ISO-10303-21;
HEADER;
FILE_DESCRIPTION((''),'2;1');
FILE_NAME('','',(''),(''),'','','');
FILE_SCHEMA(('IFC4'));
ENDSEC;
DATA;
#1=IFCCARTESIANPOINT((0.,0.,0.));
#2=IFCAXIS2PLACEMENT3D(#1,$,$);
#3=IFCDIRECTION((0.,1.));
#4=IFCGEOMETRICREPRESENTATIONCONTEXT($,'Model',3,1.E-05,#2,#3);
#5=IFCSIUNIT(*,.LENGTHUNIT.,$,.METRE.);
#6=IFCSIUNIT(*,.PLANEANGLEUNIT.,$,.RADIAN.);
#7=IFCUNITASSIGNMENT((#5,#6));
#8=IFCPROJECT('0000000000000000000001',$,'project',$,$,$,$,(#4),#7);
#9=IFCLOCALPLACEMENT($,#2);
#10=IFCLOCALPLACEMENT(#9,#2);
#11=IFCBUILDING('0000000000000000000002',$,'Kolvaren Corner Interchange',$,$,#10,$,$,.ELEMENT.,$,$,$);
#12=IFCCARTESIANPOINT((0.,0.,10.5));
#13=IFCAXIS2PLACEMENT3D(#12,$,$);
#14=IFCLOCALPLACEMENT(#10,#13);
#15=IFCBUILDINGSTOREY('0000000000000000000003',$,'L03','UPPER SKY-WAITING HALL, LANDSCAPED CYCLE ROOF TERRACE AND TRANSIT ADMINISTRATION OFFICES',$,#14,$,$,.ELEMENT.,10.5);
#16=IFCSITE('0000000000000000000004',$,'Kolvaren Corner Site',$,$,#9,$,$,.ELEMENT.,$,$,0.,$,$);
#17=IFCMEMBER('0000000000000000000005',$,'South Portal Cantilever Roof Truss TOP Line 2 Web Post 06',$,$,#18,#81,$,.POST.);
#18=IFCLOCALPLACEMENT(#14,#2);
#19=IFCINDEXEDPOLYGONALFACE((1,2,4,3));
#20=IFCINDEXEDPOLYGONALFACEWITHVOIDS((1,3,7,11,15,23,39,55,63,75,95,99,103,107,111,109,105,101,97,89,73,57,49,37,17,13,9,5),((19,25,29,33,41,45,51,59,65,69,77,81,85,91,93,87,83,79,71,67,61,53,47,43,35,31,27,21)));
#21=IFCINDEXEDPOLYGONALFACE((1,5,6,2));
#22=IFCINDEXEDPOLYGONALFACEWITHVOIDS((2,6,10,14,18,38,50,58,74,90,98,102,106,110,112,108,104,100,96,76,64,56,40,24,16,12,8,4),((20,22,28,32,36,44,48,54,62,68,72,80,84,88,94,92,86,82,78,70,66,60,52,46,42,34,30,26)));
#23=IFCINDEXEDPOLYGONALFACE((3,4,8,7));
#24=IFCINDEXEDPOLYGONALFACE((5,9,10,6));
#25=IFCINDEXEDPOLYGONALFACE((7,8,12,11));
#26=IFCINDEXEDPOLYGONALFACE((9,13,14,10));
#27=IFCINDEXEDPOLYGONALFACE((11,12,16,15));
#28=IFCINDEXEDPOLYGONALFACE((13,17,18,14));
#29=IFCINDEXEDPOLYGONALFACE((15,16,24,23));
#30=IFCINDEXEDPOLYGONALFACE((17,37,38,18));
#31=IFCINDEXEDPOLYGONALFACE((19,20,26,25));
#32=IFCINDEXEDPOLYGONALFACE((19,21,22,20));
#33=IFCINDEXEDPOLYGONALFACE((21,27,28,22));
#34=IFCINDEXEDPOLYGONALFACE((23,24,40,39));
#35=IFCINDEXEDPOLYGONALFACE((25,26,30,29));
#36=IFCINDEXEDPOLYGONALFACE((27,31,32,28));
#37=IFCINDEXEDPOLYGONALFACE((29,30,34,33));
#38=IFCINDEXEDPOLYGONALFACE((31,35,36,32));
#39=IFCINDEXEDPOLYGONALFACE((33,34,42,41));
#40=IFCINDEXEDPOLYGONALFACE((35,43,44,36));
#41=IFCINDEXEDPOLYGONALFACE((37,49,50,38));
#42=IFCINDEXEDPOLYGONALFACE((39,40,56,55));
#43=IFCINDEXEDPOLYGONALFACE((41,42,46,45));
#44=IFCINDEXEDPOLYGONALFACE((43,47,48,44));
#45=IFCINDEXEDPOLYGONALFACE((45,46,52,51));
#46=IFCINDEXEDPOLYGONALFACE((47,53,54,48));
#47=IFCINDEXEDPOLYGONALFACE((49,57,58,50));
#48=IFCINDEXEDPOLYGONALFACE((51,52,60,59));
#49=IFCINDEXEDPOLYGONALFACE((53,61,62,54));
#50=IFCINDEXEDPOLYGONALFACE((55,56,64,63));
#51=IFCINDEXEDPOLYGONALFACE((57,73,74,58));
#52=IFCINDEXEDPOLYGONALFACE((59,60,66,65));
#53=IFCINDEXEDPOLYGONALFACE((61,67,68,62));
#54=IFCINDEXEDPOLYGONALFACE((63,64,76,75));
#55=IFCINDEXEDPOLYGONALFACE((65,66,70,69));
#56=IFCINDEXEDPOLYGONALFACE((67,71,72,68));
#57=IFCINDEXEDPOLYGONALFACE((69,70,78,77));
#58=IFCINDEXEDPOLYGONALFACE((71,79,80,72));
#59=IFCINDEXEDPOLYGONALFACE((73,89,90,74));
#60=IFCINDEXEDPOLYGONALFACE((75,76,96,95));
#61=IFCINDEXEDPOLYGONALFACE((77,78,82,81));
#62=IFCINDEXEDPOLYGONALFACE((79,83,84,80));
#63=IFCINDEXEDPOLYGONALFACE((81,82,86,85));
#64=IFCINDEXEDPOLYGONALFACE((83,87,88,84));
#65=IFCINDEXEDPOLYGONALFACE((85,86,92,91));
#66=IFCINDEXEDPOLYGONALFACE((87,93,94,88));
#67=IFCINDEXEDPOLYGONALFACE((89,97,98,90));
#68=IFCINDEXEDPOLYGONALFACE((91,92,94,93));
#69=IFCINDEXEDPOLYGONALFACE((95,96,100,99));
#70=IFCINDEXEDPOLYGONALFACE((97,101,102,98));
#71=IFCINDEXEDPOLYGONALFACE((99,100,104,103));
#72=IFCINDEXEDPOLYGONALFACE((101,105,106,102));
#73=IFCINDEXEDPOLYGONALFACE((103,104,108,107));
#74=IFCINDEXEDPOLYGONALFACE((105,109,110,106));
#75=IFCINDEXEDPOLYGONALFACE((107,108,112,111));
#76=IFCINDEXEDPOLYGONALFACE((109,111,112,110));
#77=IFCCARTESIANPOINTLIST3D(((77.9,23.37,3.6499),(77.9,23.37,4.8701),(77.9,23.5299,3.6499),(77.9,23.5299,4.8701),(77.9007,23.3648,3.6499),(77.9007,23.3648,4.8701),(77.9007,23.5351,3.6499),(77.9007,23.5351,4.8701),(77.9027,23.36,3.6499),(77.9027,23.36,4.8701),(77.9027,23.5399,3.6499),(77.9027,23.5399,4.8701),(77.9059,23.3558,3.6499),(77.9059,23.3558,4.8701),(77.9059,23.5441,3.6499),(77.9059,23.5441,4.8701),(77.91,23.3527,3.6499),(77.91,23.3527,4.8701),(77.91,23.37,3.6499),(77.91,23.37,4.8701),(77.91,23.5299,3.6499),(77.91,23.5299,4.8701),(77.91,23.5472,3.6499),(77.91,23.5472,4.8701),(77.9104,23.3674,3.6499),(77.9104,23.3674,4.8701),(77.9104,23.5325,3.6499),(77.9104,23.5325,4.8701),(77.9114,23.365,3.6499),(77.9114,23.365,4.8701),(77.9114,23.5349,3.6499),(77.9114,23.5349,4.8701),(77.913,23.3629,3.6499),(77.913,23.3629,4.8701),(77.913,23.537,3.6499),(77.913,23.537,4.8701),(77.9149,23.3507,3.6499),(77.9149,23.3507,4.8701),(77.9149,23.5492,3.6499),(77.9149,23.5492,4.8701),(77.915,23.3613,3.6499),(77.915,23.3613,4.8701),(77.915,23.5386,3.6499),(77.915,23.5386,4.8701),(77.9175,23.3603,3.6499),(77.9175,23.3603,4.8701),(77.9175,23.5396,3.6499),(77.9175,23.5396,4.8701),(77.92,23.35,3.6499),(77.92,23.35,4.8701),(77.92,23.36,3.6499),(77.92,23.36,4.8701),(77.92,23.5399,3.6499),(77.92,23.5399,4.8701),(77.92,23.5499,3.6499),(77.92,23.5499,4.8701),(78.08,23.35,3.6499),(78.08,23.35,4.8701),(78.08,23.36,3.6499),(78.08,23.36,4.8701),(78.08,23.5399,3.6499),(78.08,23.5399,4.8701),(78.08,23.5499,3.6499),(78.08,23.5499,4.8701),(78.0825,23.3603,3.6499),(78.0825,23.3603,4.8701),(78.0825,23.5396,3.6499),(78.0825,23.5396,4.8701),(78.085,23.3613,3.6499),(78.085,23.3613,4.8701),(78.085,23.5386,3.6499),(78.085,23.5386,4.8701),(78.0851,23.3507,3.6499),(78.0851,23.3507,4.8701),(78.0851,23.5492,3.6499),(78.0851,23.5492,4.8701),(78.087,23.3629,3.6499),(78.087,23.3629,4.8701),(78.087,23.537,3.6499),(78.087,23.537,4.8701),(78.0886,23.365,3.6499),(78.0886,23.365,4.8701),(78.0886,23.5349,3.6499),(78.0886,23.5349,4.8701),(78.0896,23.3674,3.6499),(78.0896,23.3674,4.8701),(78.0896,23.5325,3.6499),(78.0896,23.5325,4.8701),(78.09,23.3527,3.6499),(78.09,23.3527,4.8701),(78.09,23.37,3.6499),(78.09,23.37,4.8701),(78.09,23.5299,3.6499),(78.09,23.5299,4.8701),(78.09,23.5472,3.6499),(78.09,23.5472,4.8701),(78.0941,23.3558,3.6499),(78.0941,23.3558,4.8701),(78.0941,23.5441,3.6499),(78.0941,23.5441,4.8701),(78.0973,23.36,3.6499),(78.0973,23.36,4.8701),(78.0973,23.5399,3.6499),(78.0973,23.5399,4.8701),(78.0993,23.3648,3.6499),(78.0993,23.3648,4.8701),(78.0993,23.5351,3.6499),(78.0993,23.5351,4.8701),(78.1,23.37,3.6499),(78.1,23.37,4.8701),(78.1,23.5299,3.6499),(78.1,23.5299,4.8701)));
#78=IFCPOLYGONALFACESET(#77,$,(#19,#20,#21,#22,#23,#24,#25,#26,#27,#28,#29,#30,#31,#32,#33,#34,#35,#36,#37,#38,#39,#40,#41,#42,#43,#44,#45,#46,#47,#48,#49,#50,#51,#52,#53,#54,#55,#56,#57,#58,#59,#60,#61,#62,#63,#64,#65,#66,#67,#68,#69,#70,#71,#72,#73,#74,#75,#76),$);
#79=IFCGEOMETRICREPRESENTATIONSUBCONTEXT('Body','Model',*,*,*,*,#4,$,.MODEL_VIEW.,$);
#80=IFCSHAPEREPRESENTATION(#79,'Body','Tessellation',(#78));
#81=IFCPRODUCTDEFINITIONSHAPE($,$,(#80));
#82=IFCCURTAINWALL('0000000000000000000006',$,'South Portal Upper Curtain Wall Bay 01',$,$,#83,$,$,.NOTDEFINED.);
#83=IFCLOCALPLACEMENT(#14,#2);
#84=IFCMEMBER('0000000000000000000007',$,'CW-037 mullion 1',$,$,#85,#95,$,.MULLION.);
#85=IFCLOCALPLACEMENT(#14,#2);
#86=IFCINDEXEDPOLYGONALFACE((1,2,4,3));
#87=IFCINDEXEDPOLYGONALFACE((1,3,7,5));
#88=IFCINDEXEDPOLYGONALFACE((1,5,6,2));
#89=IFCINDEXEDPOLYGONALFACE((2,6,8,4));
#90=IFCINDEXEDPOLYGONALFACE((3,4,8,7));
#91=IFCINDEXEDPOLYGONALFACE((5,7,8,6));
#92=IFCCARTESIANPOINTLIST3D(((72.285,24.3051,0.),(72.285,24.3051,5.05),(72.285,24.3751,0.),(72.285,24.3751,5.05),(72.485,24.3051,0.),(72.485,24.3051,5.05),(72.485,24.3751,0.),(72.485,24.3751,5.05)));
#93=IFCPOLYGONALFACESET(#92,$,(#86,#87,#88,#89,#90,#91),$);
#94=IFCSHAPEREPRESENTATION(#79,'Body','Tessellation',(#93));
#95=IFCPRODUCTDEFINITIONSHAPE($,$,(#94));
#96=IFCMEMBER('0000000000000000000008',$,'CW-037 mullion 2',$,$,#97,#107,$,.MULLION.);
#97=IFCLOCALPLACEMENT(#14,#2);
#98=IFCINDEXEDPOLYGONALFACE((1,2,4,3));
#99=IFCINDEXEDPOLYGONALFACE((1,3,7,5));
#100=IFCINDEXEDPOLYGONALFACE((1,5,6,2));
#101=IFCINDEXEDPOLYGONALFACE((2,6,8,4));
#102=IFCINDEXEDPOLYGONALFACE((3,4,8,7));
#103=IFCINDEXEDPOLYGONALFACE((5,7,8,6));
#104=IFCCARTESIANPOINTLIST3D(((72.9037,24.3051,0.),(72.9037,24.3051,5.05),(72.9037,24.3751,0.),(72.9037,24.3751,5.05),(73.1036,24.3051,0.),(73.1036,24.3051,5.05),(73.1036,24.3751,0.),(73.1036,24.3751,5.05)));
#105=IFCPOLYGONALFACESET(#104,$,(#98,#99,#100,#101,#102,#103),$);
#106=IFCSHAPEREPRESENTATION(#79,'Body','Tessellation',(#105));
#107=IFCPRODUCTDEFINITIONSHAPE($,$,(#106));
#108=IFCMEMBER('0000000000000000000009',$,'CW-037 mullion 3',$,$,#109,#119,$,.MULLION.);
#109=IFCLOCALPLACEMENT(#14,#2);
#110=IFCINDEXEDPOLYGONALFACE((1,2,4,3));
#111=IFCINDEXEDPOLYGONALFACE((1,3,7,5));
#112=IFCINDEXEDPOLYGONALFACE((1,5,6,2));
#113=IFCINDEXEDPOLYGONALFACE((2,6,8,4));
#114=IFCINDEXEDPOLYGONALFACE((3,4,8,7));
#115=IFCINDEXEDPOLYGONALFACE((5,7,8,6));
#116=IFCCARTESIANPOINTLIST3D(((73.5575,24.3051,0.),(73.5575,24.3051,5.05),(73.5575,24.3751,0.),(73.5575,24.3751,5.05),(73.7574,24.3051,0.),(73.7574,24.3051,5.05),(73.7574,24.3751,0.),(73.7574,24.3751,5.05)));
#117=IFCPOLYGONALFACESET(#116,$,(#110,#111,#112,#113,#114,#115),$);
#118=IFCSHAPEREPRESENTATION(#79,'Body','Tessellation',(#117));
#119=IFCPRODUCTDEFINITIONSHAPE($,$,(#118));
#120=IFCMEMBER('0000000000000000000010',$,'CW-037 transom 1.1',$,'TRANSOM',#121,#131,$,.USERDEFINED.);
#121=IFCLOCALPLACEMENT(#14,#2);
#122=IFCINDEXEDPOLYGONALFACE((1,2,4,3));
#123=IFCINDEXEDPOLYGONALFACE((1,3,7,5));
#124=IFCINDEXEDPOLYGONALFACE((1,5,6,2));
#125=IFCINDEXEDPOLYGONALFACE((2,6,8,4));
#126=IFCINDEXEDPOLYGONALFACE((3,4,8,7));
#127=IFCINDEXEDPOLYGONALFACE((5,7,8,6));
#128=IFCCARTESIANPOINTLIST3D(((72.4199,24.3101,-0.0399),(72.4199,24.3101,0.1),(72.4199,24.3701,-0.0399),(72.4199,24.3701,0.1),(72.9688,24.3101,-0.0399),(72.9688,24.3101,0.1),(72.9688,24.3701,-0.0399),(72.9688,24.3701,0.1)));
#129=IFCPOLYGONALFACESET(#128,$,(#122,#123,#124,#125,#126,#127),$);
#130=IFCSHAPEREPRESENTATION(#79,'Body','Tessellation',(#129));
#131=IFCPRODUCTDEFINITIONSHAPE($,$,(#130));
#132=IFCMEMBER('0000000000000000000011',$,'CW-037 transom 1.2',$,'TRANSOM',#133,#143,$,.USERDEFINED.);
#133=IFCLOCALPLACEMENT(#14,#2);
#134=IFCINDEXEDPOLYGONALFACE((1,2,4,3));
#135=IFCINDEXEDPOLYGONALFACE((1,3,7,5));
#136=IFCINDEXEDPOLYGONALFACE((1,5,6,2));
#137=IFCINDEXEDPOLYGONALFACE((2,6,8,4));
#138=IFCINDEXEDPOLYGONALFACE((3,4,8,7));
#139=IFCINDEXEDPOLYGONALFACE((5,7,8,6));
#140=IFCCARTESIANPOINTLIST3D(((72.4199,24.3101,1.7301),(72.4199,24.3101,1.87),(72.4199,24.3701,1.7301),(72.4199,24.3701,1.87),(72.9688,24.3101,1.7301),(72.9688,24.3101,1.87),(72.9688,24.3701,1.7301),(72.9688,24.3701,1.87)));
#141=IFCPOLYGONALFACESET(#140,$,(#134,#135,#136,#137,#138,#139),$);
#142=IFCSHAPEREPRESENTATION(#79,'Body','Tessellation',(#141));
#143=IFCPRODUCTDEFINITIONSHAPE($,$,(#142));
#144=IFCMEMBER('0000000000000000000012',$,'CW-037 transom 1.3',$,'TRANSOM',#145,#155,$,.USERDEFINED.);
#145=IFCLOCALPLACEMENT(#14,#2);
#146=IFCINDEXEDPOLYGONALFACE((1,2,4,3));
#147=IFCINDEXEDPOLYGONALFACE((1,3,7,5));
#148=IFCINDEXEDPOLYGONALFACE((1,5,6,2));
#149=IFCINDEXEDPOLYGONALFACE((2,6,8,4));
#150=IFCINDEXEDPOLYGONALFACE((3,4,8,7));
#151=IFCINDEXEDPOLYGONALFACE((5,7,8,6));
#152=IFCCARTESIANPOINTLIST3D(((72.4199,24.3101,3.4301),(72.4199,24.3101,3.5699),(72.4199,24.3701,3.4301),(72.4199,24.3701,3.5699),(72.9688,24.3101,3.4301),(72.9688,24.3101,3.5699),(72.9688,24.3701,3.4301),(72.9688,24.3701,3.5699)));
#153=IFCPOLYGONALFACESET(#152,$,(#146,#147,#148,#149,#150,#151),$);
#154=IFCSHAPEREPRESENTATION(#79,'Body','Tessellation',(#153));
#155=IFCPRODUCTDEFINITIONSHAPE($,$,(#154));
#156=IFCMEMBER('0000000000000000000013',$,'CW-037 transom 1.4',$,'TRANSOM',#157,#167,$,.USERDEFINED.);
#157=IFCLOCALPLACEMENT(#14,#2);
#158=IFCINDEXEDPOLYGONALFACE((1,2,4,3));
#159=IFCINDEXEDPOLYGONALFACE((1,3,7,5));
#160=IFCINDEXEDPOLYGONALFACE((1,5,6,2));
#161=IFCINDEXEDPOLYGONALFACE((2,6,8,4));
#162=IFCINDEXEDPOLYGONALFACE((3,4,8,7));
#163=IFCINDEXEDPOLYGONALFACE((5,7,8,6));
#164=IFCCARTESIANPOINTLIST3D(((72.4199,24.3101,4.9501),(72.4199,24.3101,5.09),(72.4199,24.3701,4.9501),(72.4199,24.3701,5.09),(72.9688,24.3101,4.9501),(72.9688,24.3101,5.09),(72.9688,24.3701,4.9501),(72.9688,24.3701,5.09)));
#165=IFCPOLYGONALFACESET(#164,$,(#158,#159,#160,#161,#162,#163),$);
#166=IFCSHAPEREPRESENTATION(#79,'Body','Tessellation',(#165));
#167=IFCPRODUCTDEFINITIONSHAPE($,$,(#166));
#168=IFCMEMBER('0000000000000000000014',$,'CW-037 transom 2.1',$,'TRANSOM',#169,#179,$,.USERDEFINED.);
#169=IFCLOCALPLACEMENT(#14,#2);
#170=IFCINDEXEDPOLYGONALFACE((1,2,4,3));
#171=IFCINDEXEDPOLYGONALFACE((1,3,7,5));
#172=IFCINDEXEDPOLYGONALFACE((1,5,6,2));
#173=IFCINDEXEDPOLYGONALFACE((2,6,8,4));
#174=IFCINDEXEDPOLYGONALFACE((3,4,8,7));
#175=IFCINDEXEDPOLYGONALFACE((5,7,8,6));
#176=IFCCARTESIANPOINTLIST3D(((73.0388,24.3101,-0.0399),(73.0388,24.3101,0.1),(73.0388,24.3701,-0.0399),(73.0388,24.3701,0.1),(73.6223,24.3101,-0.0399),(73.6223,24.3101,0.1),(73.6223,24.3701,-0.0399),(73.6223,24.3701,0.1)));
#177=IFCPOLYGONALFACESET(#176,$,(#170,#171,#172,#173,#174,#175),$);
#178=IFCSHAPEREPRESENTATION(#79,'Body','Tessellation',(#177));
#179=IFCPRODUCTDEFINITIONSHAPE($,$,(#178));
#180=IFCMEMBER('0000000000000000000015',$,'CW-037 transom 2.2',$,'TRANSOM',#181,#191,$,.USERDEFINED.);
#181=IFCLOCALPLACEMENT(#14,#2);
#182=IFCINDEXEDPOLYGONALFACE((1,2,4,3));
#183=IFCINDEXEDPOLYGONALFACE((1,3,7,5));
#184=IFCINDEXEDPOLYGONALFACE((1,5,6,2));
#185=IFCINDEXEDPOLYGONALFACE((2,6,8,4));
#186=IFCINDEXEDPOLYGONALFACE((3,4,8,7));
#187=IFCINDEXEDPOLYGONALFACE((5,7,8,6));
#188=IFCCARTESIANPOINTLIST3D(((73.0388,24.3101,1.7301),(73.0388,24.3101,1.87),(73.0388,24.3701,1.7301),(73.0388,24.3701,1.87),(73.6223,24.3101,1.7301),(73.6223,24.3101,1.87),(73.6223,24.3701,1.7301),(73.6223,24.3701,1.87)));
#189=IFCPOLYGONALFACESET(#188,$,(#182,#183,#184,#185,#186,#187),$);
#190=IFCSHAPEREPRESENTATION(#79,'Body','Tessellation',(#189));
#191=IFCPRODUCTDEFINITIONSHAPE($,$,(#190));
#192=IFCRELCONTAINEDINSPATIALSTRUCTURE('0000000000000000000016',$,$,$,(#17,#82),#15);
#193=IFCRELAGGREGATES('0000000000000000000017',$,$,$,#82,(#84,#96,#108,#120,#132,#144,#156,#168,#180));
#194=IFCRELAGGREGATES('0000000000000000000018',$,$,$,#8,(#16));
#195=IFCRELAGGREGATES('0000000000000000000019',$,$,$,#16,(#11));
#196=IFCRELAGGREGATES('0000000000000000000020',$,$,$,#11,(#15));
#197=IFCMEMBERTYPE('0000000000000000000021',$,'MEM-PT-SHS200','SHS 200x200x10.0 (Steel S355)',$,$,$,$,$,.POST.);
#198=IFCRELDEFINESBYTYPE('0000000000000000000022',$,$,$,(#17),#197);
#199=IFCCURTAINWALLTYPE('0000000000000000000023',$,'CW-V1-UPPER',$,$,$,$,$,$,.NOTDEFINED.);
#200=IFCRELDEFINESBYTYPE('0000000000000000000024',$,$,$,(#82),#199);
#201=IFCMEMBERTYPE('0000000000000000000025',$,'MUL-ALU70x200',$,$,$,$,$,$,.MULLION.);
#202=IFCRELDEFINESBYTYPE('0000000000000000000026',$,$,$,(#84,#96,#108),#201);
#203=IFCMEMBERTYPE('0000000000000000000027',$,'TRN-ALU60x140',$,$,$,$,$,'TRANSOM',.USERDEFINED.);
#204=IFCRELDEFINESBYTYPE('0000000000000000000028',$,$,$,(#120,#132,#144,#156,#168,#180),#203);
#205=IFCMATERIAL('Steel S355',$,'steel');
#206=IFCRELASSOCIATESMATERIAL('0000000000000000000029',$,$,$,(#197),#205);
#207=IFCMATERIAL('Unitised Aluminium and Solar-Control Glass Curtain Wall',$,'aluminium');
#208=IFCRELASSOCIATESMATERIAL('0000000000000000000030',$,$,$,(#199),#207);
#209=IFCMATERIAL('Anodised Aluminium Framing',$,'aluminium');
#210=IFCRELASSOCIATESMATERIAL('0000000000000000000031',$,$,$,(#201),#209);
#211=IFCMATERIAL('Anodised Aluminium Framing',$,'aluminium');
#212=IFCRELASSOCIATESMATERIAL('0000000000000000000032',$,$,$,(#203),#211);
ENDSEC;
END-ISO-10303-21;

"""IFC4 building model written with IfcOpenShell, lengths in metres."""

from ifc_helpers import new_model, si_unit, direction, frame, origin, origin_2d, place, context, subcontext, project, spatial, rectangle, hollow_rectangle, extrude, material, material_profile, profile_set, type_object, element, aggregate, save


model = new_model("IFC4")

# Units and contexts
model_context = context("Model", 3, precision=1e-05, world=origin(), true_north=direction((0.0, 1.0)))
body_context = subcontext(model_context, "Body", "Model", "MODEL_VIEW")
ifc_project = project(units=[si_unit("LENGTHUNIT", "METRE"), si_unit("PLANEANGLEUNIT", "RADIAN")], contexts=[model_context])

# Site, building, storey
site_placement = place(None, origin())
site = spatial("IfcSite", under=ifc_project, at=site_placement, Name="Kolvaren Corner Site", CompositionType="ELEMENT", RefElevation=0.0)
building_placement = place(site_placement, origin())
building = spatial("IfcBuilding", under=site, at=building_placement, Name="Kolvaren Corner Interchange", CompositionType="ELEMENT")
storey_placement = place(building_placement, frame((0.0, 0.0, 10.5)))
storey = spatial("IfcBuildingStorey", under=building, at=storey_placement, Name="L03", Description="UPPER SKY-WAITING HALL, LANDSCAPED CYCLE ROOF TERRACE AND TRANSIT ADMINISTRATION OFFICES", CompositionType="ELEMENT", Elevation=10.5)

# Member
ifc_material_1 = material(Name="Steel S355", Category="steel")
ifc_material_profile_1 = material_profile(ifc_material_1, hollow_rectangle(XDim=0.2, YDim=0.2, WallThickness=0.01, InnerFilletRadius=0.01, OuterFilletRadius=0.02, at=origin_2d()), Name="SHS 200x200x10.0")
ifc_profile_set_1 = profile_set([ifc_material_profile_1], Name="Steel S355")
member_type_1 = type_object("IfcMemberType", Name="MEM-PT-SHS200", Description="SHS 200x200x10.0 (Steel S355)", PredefinedType="POST", material=ifc_profile_set_1)
for number, where, z_axis, x_axis, name in (
    (1, (78.0, 23.45, 3.6499), (0.0, 0.0, 1.0), (1.0, 0.0, 0.0), "South Portal Cantilever Roof Truss TOP Line 2 Web Post 06"),
):
    element("IfcMember", number, at=place(storey_placement, frame(where, z_axis=z_axis, x_axis=x_axis)), inside=storey, type_object=member_type_1, Name=name, PredefinedType="POST", context=body_context, shape_type="SweptSolid", body=[
        extrude(hollow_rectangle(XDim=0.2, YDim=0.2, WallThickness=0.01, InnerFilletRadius=0.01, OuterFilletRadius=0.02, at=origin_2d()), origin(), (0.0, 0.0, 1.0), 1.2202),
    ])

# Curtain wall, members
ifc_material_2 = material(Name="Unitised Aluminium and Solar-Control Glass Curtain Wall", Category="aluminium")
curtain_wall_type = type_object("IfcCurtainWallType", Name="CW-V1-UPPER", PredefinedType="NOTDEFINED", material=ifc_material_2)
curtain_wall_placement = place(storey_placement, origin())
curtain_wall = element("IfcCurtainWall", 2, at=curtain_wall_placement, inside=storey, type_object=curtain_wall_type, Name="South Portal Upper Curtain Wall Bay 01", PredefinedType="NOTDEFINED")
ifc_material_3 = material(Name="Anodised Aluminium Framing", Category="aluminium")
ifc_material_profile_2 = material_profile(ifc_material_3, rectangle(XDim=0.0701, YDim=0.2, at=origin_2d()), Name="ALU 70x200")
ifc_profile_set_2 = profile_set([ifc_material_profile_2], Name="Anodised Aluminium Framing")
member_type_2 = type_object("IfcMemberType", Name="MUL-ALU70x200", PredefinedType="MULLION", material=ifc_profile_set_2)
member_1_placement = place(storey_placement, frame((72.385, 24.3401, 0.0), z_axis=(0.0, 0.0, 1.0), x_axis=(0.0, 1.0, 0.0)))
member_1 = element("IfcMember", 3, at=member_1_placement, type_object=member_type_2, Name="CW-037 mullion 1", PredefinedType="MULLION", context=body_context, shape_type="SweptSolid", body=[
    extrude(rectangle(XDim=0.0701, YDim=0.2, at=origin_2d()), origin(), (0.0, 0.0, 1.0), 5.05),
])
member_2_placement = place(storey_placement, frame((73.0037, 24.3401, 0.0), z_axis=(0.0, 0.0, 1.0), x_axis=(0.0, 1.0, 0.0)))
member_2 = element("IfcMember", 4, at=member_2_placement, type_object=member_type_2, Name="CW-037 mullion 2", PredefinedType="MULLION", context=body_context, shape_type="SweptSolid", body=[
    extrude(rectangle(XDim=0.0701, YDim=0.2, at=origin_2d()), origin(), (0.0, 0.0, 1.0), 5.05),
])
member_3_placement = place(storey_placement, frame((73.6575, 24.3401, 0.0), z_axis=(0.0, 0.0, 1.0), x_axis=(0.0, 1.0, 0.0)))
member_3 = element("IfcMember", 5, at=member_3_placement, type_object=member_type_2, Name="CW-037 mullion 3", PredefinedType="MULLION", context=body_context, shape_type="SweptSolid", body=[
    extrude(rectangle(XDim=0.0701, YDim=0.2, at=origin_2d()), origin(), (0.0, 0.0, 1.0), 5.05),
])
ifc_material_4 = material(Name="Anodised Aluminium Framing", Category="aluminium")
ifc_material_profile_3 = material_profile(ifc_material_4, rectangle(XDim=0.0601, YDim=0.1399, at=origin_2d()), Name="ALU 60x140")
ifc_profile_set_3 = profile_set([ifc_material_profile_3], Name="Anodised Aluminium Framing")
member_type_3 = type_object("IfcMemberType", Name="TRN-ALU60x140", ElementType="TRANSOM", PredefinedType="USERDEFINED", material=ifc_profile_set_3)
member_4_placement = place(storey_placement, frame((72.4199, 24.3401, 0.03), z_axis=(1.0, 0.0, 0.0), x_axis=(0.0, 1.0, 0.0)))
member_4 = element("IfcMember", 6, at=member_4_placement, type_object=member_type_3, Name="CW-037 transom 1.1", ObjectType="TRANSOM", PredefinedType="USERDEFINED", context=body_context, shape_type="SweptSolid", body=[
    extrude(rectangle(XDim=0.0601, YDim=0.1399, at=origin_2d()), origin(), (0.0, 0.0, 1.0), 0.5488),
])
member_5_placement = place(storey_placement, frame((72.4199, 24.3401, 1.8), z_axis=(1.0, 0.0, 0.0), x_axis=(0.0, 1.0, 0.0)))
member_5 = element("IfcMember", 7, at=member_5_placement, type_object=member_type_3, Name="CW-037 transom 1.2", ObjectType="TRANSOM", PredefinedType="USERDEFINED", context=body_context, shape_type="SweptSolid", body=[
    extrude(rectangle(XDim=0.0601, YDim=0.1399, at=origin_2d()), origin(), (0.0, 0.0, 1.0), 0.5488),
])
member_6_placement = place(storey_placement, frame((72.4199, 24.3401, 3.5), z_axis=(1.0, 0.0, 0.0), x_axis=(0.0, 1.0, 0.0)))
member_6 = element("IfcMember", 8, at=member_6_placement, type_object=member_type_3, Name="CW-037 transom 1.3", ObjectType="TRANSOM", PredefinedType="USERDEFINED", context=body_context, shape_type="SweptSolid", body=[
    extrude(rectangle(XDim=0.0601, YDim=0.1399, at=origin_2d()), origin(), (0.0, 0.0, 1.0), 0.5488),
])
member_7_placement = place(storey_placement, frame((72.4199, 24.3401, 5.02), z_axis=(1.0, 0.0, 0.0), x_axis=(0.0, 1.0, 0.0)))
member_7 = element("IfcMember", 9, at=member_7_placement, type_object=member_type_3, Name="CW-037 transom 1.4", ObjectType="TRANSOM", PredefinedType="USERDEFINED", context=body_context, shape_type="SweptSolid", body=[
    extrude(rectangle(XDim=0.0601, YDim=0.1399, at=origin_2d()), origin(), (0.0, 0.0, 1.0), 0.5488),
])
member_8_placement = place(storey_placement, frame((73.0388, 24.3401, 0.03), z_axis=(1.0, 0.0, 0.0), x_axis=(0.0, 1.0, 0.0)))
member_8 = element("IfcMember", 10, at=member_8_placement, type_object=member_type_3, Name="CW-037 transom 2.1", ObjectType="TRANSOM", PredefinedType="USERDEFINED", context=body_context, shape_type="SweptSolid", body=[
    extrude(rectangle(XDim=0.0601, YDim=0.1399, at=origin_2d()), origin(), (0.0, 0.0, 1.0), 0.5835),
])
member_9_placement = place(storey_placement, frame((73.0388, 24.3401, 1.8), z_axis=(1.0, 0.0, 0.0), x_axis=(0.0, 1.0, 0.0)))
member_9 = element("IfcMember", 11, at=member_9_placement, type_object=member_type_3, Name="CW-037 transom 2.2", ObjectType="TRANSOM", PredefinedType="USERDEFINED", context=body_context, shape_type="SweptSolid", body=[
    extrude(rectangle(XDim=0.0601, YDim=0.1399, at=origin_2d()), origin(), (0.0, 0.0, 1.0), 0.5835),
])
aggregate(curtain_wall, [member_1, member_2, member_3, member_4, member_5, member_6, member_7, member_8, member_9])

save(model, "model.ifc")
